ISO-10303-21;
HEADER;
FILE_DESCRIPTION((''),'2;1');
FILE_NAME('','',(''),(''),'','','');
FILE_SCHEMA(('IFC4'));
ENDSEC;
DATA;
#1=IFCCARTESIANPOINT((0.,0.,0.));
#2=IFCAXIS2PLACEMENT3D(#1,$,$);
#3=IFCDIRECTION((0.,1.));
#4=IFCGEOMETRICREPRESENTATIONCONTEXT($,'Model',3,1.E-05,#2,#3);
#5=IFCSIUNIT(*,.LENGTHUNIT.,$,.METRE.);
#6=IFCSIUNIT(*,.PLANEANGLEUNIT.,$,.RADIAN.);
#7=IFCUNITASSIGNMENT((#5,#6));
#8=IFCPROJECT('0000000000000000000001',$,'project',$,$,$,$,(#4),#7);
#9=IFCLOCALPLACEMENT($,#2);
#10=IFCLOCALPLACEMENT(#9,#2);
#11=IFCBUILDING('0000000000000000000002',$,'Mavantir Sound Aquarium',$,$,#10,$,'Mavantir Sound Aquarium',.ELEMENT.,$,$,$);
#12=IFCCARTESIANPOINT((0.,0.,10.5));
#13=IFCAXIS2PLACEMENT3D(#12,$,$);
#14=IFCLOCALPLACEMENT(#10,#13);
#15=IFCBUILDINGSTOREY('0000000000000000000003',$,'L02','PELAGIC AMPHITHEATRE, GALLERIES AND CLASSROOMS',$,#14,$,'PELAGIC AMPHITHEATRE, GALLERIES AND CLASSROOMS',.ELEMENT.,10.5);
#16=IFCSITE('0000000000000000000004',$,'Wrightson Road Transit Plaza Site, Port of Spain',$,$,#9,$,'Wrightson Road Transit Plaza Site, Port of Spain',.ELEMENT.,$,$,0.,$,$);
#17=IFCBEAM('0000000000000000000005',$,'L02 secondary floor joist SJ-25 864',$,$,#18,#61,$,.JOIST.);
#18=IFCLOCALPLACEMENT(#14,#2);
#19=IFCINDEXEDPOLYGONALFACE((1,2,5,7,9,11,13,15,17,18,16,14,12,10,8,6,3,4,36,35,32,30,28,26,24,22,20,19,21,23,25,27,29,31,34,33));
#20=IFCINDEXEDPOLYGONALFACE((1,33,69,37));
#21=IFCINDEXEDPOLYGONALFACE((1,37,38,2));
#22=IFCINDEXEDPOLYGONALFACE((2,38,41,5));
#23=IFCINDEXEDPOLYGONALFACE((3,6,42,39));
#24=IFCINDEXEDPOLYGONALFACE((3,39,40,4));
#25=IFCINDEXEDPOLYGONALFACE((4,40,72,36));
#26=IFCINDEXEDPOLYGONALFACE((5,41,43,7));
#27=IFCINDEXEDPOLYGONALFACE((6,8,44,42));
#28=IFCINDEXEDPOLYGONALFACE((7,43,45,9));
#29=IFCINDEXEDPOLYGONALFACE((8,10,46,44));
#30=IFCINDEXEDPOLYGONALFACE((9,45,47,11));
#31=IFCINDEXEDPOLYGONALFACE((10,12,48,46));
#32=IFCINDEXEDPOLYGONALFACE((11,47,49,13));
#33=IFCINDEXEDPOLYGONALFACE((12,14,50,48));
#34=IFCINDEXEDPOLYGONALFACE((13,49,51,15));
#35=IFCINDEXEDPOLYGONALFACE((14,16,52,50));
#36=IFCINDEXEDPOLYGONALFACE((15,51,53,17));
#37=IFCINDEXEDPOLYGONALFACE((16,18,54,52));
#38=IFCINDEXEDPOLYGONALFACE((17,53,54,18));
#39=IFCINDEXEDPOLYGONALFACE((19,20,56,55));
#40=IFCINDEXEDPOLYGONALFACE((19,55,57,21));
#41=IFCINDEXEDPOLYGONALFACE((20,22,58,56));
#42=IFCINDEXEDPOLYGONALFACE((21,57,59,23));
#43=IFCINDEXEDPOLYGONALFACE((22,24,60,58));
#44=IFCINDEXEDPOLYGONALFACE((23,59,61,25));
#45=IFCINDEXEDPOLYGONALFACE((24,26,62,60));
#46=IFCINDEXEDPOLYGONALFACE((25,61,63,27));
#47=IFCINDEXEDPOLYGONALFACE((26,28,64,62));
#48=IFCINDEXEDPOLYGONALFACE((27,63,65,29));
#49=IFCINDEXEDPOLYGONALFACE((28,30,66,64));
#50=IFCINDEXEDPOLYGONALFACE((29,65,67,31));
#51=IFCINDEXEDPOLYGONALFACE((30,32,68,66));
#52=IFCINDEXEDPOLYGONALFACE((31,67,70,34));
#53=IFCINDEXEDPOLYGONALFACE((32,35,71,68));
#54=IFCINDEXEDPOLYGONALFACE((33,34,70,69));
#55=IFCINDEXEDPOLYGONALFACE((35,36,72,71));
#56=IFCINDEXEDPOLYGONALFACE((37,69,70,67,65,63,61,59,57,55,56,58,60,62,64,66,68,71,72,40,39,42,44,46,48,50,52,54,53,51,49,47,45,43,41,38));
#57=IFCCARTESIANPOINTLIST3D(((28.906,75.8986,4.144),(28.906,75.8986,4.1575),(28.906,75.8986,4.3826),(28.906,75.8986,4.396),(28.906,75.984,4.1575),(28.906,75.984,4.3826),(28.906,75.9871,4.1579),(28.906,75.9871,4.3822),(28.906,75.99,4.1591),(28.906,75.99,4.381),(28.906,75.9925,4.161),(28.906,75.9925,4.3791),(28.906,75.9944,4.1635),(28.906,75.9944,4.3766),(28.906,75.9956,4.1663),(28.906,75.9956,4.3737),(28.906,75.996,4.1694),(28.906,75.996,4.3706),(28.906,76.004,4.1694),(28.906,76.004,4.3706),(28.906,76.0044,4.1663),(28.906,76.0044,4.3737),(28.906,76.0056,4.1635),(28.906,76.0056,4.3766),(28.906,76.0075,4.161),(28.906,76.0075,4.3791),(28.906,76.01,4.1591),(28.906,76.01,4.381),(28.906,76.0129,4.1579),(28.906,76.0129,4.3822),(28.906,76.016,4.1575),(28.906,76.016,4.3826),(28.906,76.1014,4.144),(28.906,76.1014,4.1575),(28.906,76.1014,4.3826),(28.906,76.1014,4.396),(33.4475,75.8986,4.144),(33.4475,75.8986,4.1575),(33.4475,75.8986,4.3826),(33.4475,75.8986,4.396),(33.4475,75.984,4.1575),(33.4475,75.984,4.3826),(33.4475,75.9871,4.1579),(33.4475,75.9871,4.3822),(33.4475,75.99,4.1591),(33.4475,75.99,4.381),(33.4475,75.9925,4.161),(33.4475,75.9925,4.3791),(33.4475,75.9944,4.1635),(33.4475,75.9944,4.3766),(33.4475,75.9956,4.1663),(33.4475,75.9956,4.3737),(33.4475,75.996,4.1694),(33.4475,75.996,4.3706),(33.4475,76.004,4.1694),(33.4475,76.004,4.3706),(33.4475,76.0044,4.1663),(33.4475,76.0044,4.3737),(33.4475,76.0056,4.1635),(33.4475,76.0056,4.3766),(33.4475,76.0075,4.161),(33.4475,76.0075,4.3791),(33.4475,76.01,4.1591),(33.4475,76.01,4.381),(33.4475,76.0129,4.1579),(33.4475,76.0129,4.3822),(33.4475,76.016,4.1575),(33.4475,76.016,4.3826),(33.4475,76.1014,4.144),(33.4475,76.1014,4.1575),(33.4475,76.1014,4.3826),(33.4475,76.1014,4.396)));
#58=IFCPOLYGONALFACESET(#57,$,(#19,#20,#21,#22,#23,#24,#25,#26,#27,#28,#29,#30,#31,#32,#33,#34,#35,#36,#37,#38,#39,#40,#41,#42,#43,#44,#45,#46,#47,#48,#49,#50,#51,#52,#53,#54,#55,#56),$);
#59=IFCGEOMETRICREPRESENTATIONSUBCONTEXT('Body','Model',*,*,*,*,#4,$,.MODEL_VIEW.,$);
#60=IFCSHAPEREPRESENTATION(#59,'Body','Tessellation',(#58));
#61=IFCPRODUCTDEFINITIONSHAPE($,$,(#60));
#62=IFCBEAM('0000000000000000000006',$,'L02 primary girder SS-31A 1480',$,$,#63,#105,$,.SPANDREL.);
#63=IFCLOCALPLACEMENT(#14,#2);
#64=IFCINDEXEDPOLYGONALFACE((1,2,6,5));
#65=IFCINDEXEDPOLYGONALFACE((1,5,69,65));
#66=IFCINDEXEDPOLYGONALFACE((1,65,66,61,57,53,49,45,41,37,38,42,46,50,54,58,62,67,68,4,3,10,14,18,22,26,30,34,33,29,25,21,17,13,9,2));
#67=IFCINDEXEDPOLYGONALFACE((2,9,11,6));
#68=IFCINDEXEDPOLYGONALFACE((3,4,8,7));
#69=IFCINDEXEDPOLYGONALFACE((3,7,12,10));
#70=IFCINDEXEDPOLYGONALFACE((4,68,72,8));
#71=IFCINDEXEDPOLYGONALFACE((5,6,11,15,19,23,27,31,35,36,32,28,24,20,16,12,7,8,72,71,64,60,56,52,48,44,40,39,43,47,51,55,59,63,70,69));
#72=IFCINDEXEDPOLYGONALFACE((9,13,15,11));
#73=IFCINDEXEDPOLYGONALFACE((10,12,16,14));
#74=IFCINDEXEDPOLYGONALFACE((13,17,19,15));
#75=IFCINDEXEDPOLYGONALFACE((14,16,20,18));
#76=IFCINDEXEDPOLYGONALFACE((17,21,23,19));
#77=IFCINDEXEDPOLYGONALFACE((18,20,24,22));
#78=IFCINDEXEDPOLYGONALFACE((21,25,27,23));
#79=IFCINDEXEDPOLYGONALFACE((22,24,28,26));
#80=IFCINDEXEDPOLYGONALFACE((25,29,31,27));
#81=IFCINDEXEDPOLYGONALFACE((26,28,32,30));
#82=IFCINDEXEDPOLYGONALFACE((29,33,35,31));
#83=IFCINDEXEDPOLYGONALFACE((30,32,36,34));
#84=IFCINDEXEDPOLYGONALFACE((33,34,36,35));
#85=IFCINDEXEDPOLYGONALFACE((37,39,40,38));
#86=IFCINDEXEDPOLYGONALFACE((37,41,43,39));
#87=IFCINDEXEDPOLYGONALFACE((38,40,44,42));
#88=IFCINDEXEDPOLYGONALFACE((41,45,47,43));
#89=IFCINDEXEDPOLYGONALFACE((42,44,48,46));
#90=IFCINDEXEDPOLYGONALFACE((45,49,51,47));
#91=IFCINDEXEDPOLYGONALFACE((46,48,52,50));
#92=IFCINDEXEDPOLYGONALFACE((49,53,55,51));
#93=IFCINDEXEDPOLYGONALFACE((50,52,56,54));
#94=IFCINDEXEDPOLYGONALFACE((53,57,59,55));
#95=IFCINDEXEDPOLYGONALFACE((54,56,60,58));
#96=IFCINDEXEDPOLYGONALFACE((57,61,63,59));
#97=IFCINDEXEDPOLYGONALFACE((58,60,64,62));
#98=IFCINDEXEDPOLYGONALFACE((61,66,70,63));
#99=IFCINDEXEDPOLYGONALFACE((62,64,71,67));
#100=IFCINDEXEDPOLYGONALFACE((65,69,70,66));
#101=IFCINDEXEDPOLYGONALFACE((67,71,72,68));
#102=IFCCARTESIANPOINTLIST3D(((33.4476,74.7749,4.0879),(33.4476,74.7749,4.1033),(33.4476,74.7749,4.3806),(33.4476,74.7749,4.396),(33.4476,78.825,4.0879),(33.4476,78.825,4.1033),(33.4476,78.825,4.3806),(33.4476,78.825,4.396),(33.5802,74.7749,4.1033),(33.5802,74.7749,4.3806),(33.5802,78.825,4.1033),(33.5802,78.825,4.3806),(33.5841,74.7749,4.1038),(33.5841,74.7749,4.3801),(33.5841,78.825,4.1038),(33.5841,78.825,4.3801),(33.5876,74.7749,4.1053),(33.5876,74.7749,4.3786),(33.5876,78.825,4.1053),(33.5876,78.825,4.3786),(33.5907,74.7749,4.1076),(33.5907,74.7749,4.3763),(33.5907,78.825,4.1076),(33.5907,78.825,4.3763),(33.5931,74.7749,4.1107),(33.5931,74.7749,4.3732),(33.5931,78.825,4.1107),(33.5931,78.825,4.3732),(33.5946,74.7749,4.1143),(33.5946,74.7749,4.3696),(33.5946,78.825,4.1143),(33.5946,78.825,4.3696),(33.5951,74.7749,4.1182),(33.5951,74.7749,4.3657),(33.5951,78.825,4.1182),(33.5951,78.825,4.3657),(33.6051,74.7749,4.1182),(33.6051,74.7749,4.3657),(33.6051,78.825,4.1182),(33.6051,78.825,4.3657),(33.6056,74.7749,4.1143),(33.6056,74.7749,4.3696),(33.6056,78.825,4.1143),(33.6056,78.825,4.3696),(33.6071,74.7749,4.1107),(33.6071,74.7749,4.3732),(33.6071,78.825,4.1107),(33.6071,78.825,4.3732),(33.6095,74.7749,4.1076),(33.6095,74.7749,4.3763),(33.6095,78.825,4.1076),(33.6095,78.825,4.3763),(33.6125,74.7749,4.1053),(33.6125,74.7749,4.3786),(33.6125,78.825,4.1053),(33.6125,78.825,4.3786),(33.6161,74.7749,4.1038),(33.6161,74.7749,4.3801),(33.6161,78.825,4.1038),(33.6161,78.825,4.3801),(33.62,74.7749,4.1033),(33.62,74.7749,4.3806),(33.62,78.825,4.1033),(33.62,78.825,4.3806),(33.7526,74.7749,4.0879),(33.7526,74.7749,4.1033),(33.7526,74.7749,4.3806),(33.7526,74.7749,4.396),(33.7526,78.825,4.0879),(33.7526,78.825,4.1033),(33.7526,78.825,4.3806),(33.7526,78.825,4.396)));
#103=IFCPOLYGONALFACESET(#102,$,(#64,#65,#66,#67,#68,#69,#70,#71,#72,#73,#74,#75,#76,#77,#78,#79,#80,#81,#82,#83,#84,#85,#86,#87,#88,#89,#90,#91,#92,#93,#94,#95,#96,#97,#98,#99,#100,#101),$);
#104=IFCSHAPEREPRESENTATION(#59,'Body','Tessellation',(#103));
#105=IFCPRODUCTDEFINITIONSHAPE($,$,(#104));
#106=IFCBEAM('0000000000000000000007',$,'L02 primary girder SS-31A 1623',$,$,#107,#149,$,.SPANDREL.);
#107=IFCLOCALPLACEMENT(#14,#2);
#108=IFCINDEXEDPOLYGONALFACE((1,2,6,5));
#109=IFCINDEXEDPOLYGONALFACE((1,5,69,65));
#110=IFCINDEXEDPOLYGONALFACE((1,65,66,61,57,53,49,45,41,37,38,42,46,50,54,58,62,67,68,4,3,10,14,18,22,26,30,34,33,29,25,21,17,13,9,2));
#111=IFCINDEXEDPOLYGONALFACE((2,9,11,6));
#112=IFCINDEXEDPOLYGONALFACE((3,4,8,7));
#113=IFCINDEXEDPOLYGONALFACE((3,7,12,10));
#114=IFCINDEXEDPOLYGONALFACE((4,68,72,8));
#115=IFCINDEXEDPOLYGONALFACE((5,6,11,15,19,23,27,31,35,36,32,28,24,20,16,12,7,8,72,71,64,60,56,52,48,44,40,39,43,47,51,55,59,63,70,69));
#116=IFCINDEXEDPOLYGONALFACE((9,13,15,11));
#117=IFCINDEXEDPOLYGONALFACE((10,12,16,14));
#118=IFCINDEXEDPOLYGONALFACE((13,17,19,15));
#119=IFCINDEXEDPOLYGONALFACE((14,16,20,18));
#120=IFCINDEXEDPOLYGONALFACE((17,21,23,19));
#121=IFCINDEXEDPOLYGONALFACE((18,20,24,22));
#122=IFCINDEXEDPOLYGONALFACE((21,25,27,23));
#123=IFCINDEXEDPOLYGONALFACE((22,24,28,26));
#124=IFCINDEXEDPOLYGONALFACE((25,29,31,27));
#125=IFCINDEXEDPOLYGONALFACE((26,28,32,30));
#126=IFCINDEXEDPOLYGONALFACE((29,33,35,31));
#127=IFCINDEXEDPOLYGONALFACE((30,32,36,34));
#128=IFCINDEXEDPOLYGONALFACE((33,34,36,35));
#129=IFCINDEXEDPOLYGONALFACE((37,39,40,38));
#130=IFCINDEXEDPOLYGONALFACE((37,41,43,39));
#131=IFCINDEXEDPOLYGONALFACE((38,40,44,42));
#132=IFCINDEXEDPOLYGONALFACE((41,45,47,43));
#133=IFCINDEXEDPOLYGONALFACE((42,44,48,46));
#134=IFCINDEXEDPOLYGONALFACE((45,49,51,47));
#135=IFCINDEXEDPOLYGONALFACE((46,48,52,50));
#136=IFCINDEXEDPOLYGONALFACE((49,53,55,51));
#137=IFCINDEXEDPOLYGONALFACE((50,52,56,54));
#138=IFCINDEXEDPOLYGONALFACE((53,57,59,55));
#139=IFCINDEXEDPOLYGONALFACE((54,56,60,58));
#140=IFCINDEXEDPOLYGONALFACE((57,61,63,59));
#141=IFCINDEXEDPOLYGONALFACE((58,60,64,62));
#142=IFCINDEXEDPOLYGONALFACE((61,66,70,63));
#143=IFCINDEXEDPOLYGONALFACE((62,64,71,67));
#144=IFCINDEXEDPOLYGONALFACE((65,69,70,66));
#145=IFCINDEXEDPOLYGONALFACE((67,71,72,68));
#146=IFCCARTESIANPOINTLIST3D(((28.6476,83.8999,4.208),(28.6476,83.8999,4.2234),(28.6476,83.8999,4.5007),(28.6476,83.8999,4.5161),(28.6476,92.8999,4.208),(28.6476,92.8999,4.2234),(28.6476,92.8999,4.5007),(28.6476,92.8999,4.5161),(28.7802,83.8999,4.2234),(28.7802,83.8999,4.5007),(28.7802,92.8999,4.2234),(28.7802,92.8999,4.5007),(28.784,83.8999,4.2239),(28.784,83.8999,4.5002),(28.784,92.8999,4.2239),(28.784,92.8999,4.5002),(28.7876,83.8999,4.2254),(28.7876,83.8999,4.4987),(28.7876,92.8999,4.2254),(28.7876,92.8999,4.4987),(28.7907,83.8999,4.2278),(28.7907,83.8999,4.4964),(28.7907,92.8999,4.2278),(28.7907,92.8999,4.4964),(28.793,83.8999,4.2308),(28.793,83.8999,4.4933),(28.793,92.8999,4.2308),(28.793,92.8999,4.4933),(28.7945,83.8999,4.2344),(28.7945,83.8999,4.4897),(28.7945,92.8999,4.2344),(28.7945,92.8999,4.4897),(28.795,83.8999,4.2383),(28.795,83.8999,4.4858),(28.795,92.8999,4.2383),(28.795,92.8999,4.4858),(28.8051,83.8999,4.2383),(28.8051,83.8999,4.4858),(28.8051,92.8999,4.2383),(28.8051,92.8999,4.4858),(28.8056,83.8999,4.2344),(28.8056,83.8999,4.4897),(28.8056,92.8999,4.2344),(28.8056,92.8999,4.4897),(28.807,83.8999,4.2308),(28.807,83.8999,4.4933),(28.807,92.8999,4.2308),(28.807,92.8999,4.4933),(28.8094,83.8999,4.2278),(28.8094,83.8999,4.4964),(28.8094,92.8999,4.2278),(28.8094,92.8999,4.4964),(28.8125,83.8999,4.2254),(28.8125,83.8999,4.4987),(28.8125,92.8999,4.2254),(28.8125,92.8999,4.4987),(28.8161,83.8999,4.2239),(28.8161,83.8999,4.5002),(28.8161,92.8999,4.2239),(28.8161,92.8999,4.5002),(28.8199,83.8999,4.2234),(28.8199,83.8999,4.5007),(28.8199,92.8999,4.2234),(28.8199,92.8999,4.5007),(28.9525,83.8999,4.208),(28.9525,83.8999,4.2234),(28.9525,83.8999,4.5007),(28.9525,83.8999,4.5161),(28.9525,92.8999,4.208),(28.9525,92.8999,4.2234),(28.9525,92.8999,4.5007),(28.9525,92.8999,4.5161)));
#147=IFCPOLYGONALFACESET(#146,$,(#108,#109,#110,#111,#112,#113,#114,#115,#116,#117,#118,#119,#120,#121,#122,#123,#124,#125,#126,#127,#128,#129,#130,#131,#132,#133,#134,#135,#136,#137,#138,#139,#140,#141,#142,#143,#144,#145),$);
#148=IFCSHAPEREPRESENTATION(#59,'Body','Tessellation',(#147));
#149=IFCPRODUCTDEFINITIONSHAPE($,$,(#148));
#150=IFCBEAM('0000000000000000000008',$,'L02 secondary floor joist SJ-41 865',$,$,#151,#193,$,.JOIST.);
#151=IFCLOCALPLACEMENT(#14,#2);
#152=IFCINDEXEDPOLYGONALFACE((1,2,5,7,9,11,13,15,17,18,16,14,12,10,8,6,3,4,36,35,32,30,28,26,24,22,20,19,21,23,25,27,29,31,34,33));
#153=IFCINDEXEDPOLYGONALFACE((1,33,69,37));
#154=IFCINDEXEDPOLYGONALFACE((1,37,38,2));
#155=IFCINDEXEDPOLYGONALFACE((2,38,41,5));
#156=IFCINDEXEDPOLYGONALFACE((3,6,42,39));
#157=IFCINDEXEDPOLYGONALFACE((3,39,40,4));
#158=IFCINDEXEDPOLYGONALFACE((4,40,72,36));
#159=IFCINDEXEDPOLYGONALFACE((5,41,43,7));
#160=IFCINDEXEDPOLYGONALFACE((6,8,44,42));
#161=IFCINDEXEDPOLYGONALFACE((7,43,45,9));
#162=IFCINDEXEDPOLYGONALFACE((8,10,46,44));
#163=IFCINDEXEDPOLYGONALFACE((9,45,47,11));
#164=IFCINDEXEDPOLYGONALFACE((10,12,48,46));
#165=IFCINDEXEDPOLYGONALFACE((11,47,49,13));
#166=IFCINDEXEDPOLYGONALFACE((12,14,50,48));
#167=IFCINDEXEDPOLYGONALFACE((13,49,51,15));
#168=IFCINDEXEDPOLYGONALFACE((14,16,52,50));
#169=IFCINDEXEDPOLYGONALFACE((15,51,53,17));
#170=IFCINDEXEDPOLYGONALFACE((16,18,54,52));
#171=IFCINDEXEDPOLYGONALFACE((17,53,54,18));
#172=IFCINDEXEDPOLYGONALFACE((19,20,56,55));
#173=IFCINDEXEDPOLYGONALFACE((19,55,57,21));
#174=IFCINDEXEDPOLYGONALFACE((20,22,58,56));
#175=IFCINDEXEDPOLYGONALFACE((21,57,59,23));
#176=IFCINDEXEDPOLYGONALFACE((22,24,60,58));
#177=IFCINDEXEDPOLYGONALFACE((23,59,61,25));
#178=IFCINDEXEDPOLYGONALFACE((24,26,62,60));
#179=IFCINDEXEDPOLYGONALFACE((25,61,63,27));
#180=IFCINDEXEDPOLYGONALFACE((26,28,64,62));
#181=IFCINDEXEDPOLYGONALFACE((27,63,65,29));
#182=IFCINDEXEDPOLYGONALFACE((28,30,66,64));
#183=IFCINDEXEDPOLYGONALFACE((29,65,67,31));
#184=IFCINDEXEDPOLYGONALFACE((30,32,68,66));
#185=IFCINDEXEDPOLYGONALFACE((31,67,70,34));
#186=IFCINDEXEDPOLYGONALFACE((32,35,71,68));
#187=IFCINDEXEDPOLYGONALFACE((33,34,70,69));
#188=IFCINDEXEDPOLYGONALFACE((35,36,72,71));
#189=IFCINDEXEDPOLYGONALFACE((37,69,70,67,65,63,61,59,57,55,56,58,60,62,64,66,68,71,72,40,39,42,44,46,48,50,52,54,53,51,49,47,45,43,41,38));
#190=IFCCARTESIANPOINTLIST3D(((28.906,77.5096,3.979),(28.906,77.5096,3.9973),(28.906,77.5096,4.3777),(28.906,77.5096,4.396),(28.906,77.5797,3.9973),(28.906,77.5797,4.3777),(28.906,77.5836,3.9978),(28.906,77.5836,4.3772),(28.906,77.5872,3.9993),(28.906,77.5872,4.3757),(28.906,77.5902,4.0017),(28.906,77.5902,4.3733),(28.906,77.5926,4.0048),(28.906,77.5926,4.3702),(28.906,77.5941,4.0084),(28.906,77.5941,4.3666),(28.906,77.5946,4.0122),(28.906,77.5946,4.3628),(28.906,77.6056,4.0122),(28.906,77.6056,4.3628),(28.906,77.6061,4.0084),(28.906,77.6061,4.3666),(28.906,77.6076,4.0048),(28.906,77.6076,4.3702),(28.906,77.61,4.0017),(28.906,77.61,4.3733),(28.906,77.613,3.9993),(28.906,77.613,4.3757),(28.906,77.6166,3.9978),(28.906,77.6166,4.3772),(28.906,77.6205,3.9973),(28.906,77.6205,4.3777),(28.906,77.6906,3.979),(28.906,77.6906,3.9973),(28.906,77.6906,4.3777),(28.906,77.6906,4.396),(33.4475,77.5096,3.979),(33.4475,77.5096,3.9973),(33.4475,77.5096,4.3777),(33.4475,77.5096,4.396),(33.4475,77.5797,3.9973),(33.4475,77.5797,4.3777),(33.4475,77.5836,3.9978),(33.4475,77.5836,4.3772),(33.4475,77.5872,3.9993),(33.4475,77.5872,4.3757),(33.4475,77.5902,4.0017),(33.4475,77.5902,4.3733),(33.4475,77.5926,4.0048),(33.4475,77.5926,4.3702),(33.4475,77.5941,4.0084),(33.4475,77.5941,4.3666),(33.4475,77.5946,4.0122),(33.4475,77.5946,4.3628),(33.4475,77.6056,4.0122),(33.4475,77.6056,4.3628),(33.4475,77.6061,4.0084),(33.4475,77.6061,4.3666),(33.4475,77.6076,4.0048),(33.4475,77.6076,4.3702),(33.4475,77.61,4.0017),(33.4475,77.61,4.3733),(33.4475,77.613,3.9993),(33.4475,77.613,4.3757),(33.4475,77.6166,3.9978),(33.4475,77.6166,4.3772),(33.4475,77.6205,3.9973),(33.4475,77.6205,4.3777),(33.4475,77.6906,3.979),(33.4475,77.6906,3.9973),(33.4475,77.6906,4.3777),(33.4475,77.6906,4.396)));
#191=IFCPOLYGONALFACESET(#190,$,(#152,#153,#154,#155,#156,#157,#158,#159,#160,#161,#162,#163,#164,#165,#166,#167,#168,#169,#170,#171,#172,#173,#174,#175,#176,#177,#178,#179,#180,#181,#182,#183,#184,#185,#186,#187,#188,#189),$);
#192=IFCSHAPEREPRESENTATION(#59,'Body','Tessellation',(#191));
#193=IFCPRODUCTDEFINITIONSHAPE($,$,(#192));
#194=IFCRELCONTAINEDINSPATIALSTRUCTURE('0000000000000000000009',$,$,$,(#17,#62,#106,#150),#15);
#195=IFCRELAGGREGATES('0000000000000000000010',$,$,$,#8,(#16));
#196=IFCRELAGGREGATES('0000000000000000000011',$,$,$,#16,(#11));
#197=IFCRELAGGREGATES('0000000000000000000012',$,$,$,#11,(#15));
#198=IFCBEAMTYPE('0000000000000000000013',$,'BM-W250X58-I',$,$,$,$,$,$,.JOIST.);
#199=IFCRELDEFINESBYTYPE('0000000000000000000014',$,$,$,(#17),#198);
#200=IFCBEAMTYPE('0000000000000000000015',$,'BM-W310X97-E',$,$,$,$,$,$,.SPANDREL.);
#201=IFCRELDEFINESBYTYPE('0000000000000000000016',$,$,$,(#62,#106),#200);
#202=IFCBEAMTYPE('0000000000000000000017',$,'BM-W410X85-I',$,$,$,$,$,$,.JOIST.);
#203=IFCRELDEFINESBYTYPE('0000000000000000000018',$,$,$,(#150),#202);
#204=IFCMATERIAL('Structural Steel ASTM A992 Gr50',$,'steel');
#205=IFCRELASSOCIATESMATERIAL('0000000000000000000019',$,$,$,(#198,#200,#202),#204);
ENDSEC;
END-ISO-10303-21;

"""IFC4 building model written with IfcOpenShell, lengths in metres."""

from ifc_helpers import new_model, si_unit, direction, frame, origin, origin_2d, place, context, subcontext, project, spatial, i_section, extrude, material, material_profile, profile_set, type_object, element, save


model = new_model("IFC4")

# Units and contexts
model_context = context("Model", 3, precision=1e-05, world=origin(), true_north=direction((0.0, 1.0)))
body_context = subcontext(model_context, "Body", "Model", "MODEL_VIEW")
ifc_project = project(units=[si_unit("LENGTHUNIT", "METRE"), si_unit("PLANEANGLEUNIT", "RADIAN")], contexts=[model_context])

# Site, building, storey
site_placement = place(None, origin())
site = spatial("IfcSite", under=ifc_project, at=site_placement, Name="Wrightson Road Transit Plaza Site, Port of Spain", LongName="Wrightson Road Transit Plaza Site, Port of Spain", CompositionType="ELEMENT", RefElevation=0.0)
building_placement = place(site_placement, origin())
building = spatial("IfcBuilding", under=site, at=building_placement, Name="Mavantir Sound Aquarium", LongName="Mavantir Sound Aquarium", CompositionType="ELEMENT")
storey_placement = place(building_placement, frame((0.0, 0.0, 10.5)))
storey = spatial("IfcBuildingStorey", under=building, at=storey_placement, Name="L02", Description="PELAGIC AMPHITHEATRE, GALLERIES AND CLASSROOMS", LongName="PELAGIC AMPHITHEATRE, GALLERIES AND CLASSROOMS", CompositionType="ELEMENT", Elevation=10.5)

# Beams
ifc_material_1 = material(Name="Structural Steel ASTM A992 Gr50", Category="steel")
ifc_material_profile_1 = material_profile(ifc_material_1, i_section(OverallWidth=0.2029, OverallDepth=0.252, WebThickness=0.0081, FlangeThickness=0.0134, FilletRadius=0.012, at=origin_2d()), Name="W250X58")
ifc_profile_set_1 = profile_set([ifc_material_profile_1], Name="Structural Steel ASTM A992 Gr50")
beam_type_1 = type_object("IfcBeamType", Name="BM-W250X58-I", PredefinedType="JOIST", material=ifc_profile_set_1)
beam_1_placement = place(storey_placement, frame((28.906, 76.0, 4.27), z_axis=(1.0, 0.0, 0.0), x_axis=(0.0, 1.0, 0.0)))
element("IfcBeam", 1, at=beam_1_placement, inside=storey, type_object=beam_type_1, Name="L02 secondary floor joist SJ-25 864", PredefinedType="JOIST", context=body_context, shape_type="SweptSolid", body=[
    extrude(i_section(OverallWidth=0.2029, OverallDepth=0.252, WebThickness=0.0081, FlangeThickness=0.0134, FilletRadius=0.012, at=origin_2d()), origin(), (0.0, 0.0, 1.0), 4.5415),
])
ifc_material_profile_2 = material_profile(ifc_material_1, i_section(OverallWidth=0.3049, OverallDepth=0.3081, WebThickness=0.01, FlangeThickness=0.0154, FilletRadius=0.0149, at=origin_2d()), Name="W310X97")
ifc_profile_set_2 = profile_set([ifc_material_profile_2], Name="Structural Steel ASTM A992 Gr50")
beam_type_2 = type_object("IfcBeamType", Name="BM-W310X97-E", PredefinedType="SPANDREL", material=ifc_profile_set_2)
beam_2_placement = place(storey_placement, frame((33.6001, 74.7749, 4.2419), z_axis=(0.0, 1.0, 0.0), x_axis=(-1.0, 0.0, 0.0)))
element("IfcBeam", 2, at=beam_2_placement, inside=storey, type_object=beam_type_2, Name="L02 primary girder SS-31A 1480", PredefinedType="SPANDREL", context=body_context, shape_type="SweptSolid", body=[
    extrude(i_section(OverallWidth=0.3049, OverallDepth=0.3081, WebThickness=0.01, FlangeThickness=0.0154, FilletRadius=0.0149, at=origin_2d()), origin(), (0.0, 0.0, 1.0), 4.05),
])
beam_3_placement = place(storey_placement, frame((28.8, 83.8999, 4.3621), z_axis=(0.0, 1.0, 0.0), x_axis=(-1.0, 0.0, 0.0)))
element("IfcBeam", 3, at=beam_3_placement, inside=storey, type_object=beam_type_2, Name="L02 primary girder SS-31A 1623", PredefinedType="SPANDREL", context=body_context, shape_type="SweptSolid", body=[
    extrude(i_section(OverallWidth=0.3049, OverallDepth=0.3081, WebThickness=0.01, FlangeThickness=0.0154, FilletRadius=0.0149, at=origin_2d()), origin(), (0.0, 0.0, 1.0), 9.0),
])
ifc_material_profile_3 = material_profile(ifc_material_1, i_section(OverallWidth=0.1809, OverallDepth=0.417, WebThickness=0.011, FlangeThickness=0.0183, FilletRadius=0.0149, at=origin_2d()), Name="W410X85")
ifc_profile_set_3 = profile_set([ifc_material_profile_3], Name="Structural Steel ASTM A992 Gr50")
beam_type_3 = type_object("IfcBeamType", Name="BM-W410X85-I", PredefinedType="JOIST", material=ifc_profile_set_3)
beam_4_placement = place(storey_placement, frame((28.906, 77.6001, 4.1875), z_axis=(1.0, 0.0, 0.0), x_axis=(0.0, 1.0, 0.0)))
element("IfcBeam", 4, at=beam_4_placement, inside=storey, type_object=beam_type_3, Name="L02 secondary floor joist SJ-41 865", PredefinedType="JOIST", context=body_context, shape_type="SweptSolid", body=[
    extrude(i_section(OverallWidth=0.1809, OverallDepth=0.417, WebThickness=0.011, FlangeThickness=0.0183, FilletRadius=0.0149, at=origin_2d()), origin(), (0.0, 0.0, 1.0), 4.5415),
])

save(model, "model.ifc")
